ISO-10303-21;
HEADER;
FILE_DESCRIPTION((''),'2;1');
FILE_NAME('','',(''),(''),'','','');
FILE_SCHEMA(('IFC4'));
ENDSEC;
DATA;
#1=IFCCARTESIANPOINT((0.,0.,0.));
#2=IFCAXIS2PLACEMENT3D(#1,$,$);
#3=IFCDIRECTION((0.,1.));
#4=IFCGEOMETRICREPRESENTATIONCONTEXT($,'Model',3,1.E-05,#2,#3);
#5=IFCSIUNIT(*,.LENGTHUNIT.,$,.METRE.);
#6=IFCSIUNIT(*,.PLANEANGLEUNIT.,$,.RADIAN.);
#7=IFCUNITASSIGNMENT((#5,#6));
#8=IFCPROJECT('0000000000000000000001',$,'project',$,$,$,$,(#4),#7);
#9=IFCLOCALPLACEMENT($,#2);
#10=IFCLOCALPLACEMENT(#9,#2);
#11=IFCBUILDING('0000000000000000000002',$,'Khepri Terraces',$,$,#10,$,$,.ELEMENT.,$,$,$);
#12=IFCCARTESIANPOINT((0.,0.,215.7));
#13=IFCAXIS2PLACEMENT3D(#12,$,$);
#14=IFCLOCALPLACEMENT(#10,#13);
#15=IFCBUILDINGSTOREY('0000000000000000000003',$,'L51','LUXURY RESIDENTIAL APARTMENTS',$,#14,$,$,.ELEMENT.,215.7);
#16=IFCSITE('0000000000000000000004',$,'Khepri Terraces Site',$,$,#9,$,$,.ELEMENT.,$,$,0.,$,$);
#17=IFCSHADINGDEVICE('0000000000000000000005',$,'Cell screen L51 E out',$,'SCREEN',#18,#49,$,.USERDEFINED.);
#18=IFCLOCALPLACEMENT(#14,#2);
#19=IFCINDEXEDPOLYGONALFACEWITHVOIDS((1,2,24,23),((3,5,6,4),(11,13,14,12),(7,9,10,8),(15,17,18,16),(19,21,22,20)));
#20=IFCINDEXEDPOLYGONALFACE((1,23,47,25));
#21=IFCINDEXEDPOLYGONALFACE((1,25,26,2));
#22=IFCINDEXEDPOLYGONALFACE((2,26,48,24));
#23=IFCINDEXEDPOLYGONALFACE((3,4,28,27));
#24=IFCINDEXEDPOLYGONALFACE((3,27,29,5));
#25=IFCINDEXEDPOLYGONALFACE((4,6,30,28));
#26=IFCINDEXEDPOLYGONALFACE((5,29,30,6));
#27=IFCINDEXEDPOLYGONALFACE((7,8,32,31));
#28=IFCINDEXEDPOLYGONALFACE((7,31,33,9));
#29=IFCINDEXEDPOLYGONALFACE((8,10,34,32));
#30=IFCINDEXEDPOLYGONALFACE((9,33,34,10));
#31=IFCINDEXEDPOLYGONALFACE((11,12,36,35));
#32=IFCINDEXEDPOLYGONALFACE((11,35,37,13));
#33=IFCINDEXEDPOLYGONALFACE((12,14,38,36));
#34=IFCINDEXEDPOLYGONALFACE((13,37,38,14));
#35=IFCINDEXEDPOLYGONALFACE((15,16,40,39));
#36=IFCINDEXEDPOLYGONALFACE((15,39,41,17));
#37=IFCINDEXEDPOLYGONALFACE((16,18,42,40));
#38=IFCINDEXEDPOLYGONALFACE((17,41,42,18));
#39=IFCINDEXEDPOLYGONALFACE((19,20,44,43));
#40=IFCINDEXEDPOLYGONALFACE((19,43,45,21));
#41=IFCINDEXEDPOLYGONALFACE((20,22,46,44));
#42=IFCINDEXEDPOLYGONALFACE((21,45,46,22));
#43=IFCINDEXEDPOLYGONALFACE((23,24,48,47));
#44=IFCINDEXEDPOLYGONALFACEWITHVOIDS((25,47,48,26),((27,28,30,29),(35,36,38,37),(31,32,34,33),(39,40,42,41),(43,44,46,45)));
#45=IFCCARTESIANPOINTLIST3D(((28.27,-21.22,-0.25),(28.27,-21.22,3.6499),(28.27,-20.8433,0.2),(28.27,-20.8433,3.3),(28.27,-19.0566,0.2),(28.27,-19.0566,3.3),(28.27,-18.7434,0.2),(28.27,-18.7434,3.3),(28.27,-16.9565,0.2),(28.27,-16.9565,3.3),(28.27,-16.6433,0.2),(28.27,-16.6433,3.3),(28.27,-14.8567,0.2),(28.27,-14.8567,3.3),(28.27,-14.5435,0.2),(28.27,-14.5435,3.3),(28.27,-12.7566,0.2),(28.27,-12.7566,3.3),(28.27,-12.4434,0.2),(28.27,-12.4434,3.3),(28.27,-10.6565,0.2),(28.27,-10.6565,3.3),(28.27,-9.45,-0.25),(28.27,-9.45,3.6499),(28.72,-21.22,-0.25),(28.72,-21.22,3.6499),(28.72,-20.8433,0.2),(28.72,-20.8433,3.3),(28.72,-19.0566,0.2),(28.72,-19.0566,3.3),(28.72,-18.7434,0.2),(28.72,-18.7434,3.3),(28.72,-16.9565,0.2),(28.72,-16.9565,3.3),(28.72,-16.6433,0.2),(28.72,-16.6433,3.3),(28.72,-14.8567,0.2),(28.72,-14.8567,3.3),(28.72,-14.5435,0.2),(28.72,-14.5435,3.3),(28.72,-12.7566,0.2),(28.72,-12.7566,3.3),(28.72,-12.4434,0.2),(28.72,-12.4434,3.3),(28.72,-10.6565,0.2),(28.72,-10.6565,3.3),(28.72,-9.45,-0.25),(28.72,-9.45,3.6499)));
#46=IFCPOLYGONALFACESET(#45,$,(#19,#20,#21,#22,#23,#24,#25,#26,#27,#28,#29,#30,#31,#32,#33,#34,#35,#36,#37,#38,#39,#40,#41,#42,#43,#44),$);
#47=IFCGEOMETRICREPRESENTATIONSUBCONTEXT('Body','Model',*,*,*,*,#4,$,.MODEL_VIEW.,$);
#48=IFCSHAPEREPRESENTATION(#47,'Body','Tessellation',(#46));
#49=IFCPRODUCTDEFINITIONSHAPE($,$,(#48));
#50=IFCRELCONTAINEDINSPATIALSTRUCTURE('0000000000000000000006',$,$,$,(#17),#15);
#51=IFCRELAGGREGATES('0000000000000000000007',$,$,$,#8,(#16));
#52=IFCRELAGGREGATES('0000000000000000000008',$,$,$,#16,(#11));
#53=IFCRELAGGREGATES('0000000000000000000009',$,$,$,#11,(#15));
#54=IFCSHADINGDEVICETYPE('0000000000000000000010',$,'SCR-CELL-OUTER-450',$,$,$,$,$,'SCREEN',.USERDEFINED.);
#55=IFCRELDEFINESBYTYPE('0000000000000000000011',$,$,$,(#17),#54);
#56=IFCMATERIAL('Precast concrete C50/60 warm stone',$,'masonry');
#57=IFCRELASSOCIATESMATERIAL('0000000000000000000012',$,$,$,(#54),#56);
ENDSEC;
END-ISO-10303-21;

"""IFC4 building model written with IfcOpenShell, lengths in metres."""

from ifc_helpers import new_model, si_unit, direction, frame, origin, place, context, subcontext, project, spatial, polyline, outline, extrude, material, type_object, element, save


model = new_model("IFC4")

# Units and contexts
model_context = context("Model", 3, precision=1e-05, world=origin(), true_north=direction((0.0, 1.0)))
body_context = subcontext(model_context, "Body", "Model", "MODEL_VIEW")
ifc_project = project(units=[si_unit("LENGTHUNIT", "METRE"), si_unit("PLANEANGLEUNIT", "RADIAN")], contexts=[model_context])

# Site, building, storey
site_placement = place(None, origin())
site = spatial("IfcSite", under=ifc_project, at=site_placement, Name="Khepri Terraces Site", CompositionType="ELEMENT", RefElevation=0.0)
building_placement = place(site_placement, origin())
building = spatial("IfcBuilding", under=site, at=building_placement, Name="Khepri Terraces", CompositionType="ELEMENT")
storey_placement = place(building_placement, frame((0.0, 0.0, 215.7)))
storey = spatial("IfcBuildingStorey", under=building, at=storey_placement, Name="L51", Description="LUXURY RESIDENTIAL APARTMENTS", CompositionType="ELEMENT", Elevation=215.7)

# Shared definitions
ifc_material_1 = material(Name="Precast concrete C50/60 warm stone", Category="masonry")

# Shading device
shading_device_type_1 = type_object("IfcShadingDeviceType", Name="SCR-CELL-OUTER-450", ElementType="SCREEN", PredefinedType="USERDEFINED", material=ifc_material_1)
shading_device_1_placement = place(storey_placement, frame((28.27, -21.22, -0.25), z_axis=(1.0, 0.0, 0.0), x_axis=(0.0, 1.0, 0.0)))
element("IfcShadingDevice", 1, at=shading_device_1_placement, inside=storey, type_object=shading_device_type_1, Name="Cell screen L51 E out", ObjectType="SCREEN", PredefinedType="USERDEFINED", context=body_context, shape_type="SweptSolid", body=[
    extrude(outline(polyline([(0.0, 0.0), (11.77, 0.0), (11.77, 3.8999), (0.0, 3.8999), (0.0, 0.0)]), holes=[polyline([(0.3767, 0.45), (2.1633, 0.45), (2.1633, 3.55), (0.3767, 3.55), (0.3767, 0.45)]), polyline([(2.4766, 0.45), (4.2634, 0.45), (4.2634, 3.55), (2.4766, 3.55), (2.4766, 0.45)]), polyline([(4.5767, 0.45), (6.3633, 0.45), (6.3633, 3.55), (4.5767, 3.55), (4.5767, 0.45)]), polyline([(6.6765, 0.45), (8.4634, 0.45), (8.4634, 3.55), (6.6765, 3.55), (6.6765, 0.45)]), polyline([(8.7766, 0.45), (10.5635, 0.45), (10.5635, 3.55), (8.7766, 3.55), (8.7766, 0.45)])]), origin(), (0.0, 0.0, 1.0), 0.45),
])

save(model, "model.ifc")
